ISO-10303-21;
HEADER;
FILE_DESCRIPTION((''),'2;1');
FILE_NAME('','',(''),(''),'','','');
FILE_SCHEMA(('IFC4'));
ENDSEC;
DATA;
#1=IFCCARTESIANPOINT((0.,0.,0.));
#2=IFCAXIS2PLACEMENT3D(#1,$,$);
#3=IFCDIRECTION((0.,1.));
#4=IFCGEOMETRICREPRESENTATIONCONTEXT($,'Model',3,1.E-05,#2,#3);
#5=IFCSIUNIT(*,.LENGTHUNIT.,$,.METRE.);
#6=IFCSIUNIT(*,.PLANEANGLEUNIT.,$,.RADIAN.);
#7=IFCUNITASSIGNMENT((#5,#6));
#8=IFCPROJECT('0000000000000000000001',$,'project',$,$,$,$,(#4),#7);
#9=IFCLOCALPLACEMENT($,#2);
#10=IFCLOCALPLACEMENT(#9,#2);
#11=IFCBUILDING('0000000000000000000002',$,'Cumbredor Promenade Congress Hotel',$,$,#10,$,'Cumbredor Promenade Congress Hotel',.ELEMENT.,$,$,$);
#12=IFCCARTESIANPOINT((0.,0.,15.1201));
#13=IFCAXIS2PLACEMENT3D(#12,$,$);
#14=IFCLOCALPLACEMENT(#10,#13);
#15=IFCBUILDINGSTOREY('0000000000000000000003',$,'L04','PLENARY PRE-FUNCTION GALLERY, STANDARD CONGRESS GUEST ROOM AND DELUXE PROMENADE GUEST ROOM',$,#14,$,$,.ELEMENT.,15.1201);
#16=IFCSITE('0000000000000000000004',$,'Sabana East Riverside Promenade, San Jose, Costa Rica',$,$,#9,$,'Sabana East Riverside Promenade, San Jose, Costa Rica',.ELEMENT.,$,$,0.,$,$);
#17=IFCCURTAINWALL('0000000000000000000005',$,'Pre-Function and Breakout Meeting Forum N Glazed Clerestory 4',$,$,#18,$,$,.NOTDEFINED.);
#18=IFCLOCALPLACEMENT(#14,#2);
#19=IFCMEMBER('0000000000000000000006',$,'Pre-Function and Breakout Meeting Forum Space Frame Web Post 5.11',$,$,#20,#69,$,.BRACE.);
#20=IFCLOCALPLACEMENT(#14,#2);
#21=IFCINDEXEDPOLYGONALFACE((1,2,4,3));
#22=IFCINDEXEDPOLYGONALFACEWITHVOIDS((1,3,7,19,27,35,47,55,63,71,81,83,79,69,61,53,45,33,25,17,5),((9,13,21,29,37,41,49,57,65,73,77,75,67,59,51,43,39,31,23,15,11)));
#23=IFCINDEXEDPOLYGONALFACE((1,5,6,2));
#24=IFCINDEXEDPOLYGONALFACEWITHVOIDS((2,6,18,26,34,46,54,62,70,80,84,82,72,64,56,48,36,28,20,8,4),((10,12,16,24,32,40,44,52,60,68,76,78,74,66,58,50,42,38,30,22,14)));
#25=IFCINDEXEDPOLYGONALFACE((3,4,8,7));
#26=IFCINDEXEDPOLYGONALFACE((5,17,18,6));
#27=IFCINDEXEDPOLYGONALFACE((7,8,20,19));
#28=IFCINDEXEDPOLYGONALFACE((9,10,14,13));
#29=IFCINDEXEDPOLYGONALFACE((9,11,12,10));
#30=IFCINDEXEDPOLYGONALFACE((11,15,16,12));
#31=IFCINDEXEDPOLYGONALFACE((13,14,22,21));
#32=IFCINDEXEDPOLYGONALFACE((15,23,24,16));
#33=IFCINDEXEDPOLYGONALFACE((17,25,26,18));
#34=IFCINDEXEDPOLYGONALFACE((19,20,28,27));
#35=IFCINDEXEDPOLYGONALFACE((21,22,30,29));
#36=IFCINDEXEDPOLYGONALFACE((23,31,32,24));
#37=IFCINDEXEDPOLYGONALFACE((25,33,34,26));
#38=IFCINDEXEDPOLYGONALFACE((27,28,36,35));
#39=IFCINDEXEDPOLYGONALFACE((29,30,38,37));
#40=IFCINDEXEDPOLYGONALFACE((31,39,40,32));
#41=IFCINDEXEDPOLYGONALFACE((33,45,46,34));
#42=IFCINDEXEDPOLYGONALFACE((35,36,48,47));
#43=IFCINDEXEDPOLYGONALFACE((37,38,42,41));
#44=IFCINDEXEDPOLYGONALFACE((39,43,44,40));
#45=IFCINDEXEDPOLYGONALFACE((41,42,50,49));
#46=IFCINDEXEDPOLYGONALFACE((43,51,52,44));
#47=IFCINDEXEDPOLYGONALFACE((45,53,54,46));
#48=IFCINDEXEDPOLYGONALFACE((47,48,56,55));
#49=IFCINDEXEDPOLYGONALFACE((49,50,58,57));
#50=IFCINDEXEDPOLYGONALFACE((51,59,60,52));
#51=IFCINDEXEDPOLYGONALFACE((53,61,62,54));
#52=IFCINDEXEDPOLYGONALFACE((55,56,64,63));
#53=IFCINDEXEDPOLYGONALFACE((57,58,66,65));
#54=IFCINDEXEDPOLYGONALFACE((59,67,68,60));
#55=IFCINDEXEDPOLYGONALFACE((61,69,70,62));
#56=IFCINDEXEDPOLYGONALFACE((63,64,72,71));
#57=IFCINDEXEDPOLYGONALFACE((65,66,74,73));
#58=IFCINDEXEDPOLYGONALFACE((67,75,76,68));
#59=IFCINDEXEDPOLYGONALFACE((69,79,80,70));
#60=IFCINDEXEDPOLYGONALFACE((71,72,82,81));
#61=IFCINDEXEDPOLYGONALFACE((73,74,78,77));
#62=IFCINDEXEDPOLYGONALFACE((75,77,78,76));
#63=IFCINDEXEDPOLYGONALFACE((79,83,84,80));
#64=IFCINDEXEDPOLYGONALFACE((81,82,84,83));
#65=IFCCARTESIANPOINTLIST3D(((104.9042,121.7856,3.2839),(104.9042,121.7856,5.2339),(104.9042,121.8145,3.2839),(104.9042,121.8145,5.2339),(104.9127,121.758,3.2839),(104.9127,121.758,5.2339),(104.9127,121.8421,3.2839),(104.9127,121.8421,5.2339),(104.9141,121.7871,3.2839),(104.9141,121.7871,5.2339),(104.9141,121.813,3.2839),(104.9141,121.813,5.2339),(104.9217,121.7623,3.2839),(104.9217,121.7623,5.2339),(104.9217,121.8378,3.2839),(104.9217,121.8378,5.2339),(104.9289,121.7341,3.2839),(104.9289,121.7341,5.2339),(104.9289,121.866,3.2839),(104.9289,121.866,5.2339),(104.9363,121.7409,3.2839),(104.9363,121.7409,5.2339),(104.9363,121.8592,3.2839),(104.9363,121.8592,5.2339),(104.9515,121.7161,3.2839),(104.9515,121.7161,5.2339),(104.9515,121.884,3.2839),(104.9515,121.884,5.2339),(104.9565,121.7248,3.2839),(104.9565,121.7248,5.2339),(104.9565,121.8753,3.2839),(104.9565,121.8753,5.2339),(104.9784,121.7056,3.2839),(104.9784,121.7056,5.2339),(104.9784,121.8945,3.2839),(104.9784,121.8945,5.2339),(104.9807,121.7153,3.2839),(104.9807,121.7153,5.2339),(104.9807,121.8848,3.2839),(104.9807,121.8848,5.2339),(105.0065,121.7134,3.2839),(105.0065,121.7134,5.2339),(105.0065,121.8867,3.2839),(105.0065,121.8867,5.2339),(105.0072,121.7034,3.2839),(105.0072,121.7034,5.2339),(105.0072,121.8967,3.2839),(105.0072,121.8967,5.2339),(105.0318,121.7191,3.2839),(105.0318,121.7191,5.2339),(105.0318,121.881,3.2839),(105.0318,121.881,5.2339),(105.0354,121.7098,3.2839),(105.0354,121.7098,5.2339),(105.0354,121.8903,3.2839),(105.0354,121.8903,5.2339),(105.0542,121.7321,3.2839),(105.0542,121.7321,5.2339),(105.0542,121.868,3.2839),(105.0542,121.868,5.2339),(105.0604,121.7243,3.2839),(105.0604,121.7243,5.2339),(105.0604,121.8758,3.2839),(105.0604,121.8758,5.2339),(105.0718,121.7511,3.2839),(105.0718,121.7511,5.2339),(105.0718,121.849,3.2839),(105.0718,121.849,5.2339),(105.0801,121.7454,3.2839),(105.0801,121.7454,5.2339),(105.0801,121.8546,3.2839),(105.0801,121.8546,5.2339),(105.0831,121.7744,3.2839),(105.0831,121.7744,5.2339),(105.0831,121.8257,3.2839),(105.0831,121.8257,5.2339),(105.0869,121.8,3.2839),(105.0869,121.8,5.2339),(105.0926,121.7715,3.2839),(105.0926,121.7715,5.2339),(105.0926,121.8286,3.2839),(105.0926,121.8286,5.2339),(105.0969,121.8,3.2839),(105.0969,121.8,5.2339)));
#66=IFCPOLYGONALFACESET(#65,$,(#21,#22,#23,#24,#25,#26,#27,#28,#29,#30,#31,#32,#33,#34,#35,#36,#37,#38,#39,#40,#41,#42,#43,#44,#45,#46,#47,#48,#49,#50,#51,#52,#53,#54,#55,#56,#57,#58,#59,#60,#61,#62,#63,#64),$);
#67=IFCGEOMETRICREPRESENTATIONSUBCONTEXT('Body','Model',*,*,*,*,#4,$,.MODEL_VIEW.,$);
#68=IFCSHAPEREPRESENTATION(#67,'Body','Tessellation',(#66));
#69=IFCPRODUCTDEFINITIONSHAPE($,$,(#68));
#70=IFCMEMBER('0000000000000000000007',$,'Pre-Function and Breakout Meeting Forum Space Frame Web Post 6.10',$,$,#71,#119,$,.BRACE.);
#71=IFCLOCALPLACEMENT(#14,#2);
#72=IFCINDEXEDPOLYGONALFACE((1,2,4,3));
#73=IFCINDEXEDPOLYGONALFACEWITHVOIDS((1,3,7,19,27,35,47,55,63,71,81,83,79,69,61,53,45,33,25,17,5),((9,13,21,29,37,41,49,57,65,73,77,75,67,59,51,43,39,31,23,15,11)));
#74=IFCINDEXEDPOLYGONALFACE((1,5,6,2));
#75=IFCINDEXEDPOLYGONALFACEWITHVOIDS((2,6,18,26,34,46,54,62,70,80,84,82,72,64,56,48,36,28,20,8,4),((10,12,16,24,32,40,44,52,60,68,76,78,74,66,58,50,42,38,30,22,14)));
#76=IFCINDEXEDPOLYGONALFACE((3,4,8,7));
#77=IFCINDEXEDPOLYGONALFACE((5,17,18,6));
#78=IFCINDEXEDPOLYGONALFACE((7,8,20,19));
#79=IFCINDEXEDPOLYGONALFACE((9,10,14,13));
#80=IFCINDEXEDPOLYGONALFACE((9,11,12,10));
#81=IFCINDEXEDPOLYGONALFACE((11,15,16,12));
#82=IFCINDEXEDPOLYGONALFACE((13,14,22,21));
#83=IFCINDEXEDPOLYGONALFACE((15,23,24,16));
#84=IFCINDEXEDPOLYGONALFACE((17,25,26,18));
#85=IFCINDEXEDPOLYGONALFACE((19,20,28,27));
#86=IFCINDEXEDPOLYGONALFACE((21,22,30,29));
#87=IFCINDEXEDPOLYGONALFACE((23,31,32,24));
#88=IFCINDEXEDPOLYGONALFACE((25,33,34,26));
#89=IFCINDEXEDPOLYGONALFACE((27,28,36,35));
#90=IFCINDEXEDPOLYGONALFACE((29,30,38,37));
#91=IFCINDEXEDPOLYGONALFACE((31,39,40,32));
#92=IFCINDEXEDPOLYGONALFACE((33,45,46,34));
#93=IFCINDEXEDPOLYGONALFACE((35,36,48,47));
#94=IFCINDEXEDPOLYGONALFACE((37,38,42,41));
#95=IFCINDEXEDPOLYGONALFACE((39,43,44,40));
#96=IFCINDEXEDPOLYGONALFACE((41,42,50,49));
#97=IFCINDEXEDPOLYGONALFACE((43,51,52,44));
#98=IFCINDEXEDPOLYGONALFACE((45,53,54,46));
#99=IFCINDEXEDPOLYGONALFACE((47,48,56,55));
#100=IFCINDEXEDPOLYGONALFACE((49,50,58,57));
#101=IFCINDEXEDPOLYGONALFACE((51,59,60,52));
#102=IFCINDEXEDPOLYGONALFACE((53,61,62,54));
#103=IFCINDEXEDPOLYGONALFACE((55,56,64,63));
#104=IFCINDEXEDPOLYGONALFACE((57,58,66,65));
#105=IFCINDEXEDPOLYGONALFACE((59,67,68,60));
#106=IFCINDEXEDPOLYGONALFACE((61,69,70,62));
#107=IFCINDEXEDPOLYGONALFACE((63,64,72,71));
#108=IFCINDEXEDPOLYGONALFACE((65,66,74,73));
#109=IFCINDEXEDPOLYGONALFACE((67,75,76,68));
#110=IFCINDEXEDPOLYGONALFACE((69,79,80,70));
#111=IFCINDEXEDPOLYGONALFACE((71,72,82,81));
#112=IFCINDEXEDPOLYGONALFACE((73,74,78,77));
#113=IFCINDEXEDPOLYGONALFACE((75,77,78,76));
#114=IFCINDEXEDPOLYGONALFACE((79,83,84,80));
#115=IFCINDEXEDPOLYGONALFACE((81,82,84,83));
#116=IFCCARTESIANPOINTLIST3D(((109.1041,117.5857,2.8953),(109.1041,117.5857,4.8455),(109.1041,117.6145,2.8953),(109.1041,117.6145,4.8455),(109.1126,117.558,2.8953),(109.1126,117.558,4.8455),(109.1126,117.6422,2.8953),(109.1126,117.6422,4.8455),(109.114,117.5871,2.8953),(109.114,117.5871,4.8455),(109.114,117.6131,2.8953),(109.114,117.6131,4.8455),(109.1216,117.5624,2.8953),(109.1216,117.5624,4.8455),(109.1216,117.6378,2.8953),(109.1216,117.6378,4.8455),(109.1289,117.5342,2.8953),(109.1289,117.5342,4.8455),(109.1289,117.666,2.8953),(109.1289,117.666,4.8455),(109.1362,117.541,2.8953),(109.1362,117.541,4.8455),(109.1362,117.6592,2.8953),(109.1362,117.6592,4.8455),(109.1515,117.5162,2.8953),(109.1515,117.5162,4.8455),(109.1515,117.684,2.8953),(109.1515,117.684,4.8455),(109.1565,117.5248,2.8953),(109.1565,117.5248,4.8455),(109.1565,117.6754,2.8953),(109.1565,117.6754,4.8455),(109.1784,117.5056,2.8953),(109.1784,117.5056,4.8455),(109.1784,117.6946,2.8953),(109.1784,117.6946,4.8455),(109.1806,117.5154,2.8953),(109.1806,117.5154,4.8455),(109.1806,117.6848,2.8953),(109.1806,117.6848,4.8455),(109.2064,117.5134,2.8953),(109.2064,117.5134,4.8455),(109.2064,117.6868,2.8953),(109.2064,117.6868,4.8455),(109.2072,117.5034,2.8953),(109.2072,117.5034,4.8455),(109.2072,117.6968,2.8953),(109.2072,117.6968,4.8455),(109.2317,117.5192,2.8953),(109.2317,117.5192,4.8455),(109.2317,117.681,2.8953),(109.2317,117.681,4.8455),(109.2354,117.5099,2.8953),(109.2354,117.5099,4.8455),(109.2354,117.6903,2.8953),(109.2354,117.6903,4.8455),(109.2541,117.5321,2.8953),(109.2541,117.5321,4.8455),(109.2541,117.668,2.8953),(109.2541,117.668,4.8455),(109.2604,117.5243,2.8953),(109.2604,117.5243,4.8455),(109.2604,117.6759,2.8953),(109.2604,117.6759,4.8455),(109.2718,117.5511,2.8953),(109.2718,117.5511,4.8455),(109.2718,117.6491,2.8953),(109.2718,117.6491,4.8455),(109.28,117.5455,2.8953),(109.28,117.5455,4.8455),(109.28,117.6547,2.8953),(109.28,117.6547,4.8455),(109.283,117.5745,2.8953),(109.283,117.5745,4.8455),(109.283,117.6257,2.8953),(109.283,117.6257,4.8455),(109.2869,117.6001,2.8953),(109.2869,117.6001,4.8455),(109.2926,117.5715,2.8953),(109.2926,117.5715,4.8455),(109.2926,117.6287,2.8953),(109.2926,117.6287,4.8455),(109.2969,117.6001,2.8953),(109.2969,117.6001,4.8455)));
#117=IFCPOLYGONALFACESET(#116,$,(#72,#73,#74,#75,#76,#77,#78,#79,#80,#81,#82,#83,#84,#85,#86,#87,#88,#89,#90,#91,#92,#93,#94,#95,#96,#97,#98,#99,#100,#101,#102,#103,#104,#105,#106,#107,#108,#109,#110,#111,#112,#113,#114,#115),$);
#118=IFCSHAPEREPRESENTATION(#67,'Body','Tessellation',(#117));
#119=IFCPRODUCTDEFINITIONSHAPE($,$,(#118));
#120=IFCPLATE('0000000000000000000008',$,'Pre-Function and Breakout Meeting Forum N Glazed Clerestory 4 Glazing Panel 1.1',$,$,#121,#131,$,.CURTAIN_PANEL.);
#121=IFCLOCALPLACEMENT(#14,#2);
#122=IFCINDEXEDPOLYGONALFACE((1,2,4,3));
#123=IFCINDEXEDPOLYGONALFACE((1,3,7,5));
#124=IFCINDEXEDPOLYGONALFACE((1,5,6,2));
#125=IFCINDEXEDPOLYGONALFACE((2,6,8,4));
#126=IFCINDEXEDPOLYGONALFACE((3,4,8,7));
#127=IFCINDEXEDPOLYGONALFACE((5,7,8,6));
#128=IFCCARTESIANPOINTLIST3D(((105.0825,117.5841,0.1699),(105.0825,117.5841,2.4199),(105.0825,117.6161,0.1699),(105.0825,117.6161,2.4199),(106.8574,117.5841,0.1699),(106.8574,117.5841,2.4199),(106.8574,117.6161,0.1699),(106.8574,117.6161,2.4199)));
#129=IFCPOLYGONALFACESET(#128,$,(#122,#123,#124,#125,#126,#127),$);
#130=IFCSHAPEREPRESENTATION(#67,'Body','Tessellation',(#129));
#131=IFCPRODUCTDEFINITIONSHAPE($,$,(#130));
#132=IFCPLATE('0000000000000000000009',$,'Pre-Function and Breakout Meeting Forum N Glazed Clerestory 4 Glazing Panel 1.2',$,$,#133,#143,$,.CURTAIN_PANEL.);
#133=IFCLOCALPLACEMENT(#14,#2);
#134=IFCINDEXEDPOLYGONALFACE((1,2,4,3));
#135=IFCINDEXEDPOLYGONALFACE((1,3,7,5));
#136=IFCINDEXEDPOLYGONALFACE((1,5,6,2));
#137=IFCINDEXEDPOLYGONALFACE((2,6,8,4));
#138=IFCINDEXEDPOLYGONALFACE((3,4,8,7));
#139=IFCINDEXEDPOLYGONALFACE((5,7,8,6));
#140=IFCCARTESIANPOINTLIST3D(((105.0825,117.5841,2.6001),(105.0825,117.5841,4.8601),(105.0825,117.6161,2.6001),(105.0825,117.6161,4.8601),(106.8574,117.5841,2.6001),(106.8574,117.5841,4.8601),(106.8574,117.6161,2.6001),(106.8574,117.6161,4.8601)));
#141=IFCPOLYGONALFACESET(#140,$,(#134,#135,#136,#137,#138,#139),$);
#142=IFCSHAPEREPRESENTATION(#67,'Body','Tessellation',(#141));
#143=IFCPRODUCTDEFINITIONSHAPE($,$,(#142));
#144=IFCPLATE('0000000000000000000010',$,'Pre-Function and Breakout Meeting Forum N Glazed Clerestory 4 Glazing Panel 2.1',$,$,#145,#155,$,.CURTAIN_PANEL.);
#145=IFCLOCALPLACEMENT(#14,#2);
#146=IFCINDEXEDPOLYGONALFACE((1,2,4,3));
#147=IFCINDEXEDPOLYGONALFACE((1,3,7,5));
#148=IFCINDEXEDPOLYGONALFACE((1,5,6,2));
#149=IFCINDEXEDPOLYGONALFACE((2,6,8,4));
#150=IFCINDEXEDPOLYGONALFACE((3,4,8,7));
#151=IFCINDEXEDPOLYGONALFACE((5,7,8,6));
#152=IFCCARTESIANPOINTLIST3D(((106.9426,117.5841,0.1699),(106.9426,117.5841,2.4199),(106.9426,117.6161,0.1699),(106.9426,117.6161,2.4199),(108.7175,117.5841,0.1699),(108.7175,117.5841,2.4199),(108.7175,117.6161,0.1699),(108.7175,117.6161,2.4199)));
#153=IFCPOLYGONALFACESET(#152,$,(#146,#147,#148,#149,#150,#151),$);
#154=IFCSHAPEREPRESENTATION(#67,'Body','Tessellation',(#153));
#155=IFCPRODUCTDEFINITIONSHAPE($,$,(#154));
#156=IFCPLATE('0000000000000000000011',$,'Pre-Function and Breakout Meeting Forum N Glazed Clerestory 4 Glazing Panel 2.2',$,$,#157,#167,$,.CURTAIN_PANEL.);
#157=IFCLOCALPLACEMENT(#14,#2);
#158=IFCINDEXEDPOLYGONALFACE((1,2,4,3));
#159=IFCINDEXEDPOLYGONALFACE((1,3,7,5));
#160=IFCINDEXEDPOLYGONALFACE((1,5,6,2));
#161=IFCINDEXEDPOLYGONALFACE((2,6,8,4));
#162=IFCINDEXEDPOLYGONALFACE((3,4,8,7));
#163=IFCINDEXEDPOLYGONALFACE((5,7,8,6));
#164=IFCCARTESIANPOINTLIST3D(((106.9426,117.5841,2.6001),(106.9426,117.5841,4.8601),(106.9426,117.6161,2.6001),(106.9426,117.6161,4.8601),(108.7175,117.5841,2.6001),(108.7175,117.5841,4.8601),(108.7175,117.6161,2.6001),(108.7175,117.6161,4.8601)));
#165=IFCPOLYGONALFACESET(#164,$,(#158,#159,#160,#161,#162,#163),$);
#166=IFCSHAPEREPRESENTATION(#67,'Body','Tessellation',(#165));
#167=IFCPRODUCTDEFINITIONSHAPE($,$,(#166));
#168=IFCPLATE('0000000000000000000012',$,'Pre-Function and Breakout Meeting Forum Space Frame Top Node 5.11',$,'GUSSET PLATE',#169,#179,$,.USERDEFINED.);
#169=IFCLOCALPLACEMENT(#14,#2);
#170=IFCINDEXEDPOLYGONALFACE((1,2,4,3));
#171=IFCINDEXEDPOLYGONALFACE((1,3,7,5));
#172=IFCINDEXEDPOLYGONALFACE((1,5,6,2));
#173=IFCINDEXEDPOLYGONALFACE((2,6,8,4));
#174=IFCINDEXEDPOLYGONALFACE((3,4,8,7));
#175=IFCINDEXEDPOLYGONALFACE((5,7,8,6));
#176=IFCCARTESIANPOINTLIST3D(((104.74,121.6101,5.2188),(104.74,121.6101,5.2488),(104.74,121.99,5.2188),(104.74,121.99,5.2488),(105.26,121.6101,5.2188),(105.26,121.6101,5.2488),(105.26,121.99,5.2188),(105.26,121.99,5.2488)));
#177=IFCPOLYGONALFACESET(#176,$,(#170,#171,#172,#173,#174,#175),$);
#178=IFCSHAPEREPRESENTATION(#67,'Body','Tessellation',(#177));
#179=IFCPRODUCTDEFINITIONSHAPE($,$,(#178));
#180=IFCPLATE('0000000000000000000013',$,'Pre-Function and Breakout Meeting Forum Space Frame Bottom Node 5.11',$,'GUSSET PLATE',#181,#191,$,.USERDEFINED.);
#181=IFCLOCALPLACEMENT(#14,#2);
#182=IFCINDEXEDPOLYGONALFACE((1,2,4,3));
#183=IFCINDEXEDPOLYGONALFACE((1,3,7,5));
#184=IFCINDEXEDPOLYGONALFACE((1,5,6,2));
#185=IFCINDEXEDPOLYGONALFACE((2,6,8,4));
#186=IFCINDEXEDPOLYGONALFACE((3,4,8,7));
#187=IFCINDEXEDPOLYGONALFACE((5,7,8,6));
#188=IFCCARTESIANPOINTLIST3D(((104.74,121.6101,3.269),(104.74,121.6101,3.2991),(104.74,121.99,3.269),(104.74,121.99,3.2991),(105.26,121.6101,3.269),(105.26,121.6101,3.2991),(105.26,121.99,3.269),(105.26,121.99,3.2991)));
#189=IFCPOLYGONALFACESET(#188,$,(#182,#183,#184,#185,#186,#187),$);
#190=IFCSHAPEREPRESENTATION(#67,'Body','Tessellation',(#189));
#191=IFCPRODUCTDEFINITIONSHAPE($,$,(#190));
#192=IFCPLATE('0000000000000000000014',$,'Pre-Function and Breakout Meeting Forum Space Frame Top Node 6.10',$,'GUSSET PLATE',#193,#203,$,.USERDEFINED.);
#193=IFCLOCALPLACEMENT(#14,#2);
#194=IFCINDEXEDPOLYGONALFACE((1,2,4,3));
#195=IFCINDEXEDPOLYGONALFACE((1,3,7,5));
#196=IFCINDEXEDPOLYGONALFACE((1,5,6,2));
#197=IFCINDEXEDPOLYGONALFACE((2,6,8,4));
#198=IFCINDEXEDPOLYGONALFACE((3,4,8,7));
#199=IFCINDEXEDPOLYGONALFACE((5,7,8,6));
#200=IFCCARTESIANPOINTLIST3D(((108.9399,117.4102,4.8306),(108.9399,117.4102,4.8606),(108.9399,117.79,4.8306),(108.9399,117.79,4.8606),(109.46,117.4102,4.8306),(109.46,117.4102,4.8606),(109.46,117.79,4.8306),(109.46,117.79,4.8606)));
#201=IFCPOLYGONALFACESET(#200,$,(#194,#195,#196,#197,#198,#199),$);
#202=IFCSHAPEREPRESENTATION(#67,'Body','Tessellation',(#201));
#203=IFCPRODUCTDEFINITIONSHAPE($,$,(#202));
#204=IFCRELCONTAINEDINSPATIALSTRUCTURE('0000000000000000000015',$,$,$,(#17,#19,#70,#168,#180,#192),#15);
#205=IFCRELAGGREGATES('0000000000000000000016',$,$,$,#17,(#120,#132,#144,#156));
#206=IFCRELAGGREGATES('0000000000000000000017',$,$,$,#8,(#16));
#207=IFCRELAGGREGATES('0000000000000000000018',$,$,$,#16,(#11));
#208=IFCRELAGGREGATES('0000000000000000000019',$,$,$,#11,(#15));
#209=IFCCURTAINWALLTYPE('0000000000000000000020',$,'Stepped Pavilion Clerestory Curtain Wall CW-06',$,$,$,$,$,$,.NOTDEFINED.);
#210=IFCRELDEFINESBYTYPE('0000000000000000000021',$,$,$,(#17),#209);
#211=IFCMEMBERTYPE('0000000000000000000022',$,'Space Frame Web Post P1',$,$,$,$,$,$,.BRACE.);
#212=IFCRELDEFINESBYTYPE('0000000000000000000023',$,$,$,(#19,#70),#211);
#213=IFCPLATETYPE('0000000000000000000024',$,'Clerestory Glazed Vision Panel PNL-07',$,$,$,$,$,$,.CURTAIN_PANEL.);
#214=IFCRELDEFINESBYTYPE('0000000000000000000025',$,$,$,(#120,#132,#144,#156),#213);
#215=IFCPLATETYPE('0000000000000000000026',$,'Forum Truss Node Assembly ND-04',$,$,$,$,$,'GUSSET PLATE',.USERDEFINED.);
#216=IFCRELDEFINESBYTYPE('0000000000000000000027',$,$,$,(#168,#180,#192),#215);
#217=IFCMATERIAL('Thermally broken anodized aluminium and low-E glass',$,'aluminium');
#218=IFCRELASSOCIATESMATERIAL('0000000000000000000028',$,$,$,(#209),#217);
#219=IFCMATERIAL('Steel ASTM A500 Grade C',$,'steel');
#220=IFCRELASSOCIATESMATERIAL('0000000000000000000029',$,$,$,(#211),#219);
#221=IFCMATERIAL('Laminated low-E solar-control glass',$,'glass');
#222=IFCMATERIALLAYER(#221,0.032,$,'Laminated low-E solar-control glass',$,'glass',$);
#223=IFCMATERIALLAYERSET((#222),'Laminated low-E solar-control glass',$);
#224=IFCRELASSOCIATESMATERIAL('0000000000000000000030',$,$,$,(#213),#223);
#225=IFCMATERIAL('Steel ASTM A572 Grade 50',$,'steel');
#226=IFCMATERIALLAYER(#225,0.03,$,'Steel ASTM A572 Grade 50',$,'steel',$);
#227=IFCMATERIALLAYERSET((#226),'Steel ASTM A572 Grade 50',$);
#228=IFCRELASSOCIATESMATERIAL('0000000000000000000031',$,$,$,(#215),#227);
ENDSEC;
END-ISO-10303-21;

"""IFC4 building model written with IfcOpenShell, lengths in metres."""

from ifc_helpers import new_model, si_unit, direction, frame, origin, origin_2d, place, context, subcontext, project, spatial, rectangle, hollow_circle, extrude, material, layer, layer_set, material_profile, profile_set, type_object, element, aggregate, save


model = new_model("IFC4")

# Units and contexts
model_context = context("Model", 3, precision=1e-05, world=origin(), true_north=direction((0.0, 1.0)))
body_context = subcontext(model_context, "Body", "Model", "MODEL_VIEW")
ifc_project = project(units=[si_unit("LENGTHUNIT", "METRE"), si_unit("PLANEANGLEUNIT", "RADIAN")], contexts=[model_context])

# Site, building, storey
site_placement = place(None, origin())
site = spatial("IfcSite", under=ifc_project, at=site_placement, Name="Sabana East Riverside Promenade, San Jose, Costa Rica", LongName="Sabana East Riverside Promenade, San Jose, Costa Rica", CompositionType="ELEMENT", RefElevation=0.0)
building_placement = place(site_placement, origin())
building = spatial("IfcBuilding", under=site, at=building_placement, Name="Cumbredor Promenade Congress Hotel", LongName="Cumbredor Promenade Congress Hotel", CompositionType="ELEMENT")
storey_placement = place(building_placement, frame((0.0, 0.0, 15.1201)))
storey = spatial("IfcBuildingStorey", under=building, at=storey_placement, Name="L04", Description="PLENARY PRE-FUNCTION GALLERY, STANDARD CONGRESS GUEST ROOM AND DELUXE PROMENADE GUEST ROOM", CompositionType="ELEMENT", Elevation=15.1201)

# Curtain wall
ifc_material_1 = material(Name="Thermally broken anodized aluminium and low-E glass", Category="aluminium")
curtain_wall_type = type_object("IfcCurtainWallType", Name="Stepped Pavilion Clerestory Curtain Wall CW-06", PredefinedType="NOTDEFINED", material=ifc_material_1)
curtain_wall_placement = place(storey_placement, origin())
curtain_wall = element("IfcCurtainWall", 1, at=curtain_wall_placement, inside=storey, type_object=curtain_wall_type, Name="Pre-Function and Breakout Meeting Forum N Glazed Clerestory 4", PredefinedType="NOTDEFINED")

# Members
ifc_material_2 = material(Name="Steel ASTM A500 Grade C", Category="steel")
ifc_material_profile_1 = material_profile(ifc_material_2, hollow_circle(Radius=0.0969, WallThickness=0.01, at=origin_2d()), Name="CHS 193.7x10")
ifc_profile_set_1 = profile_set([ifc_material_profile_1], Name="Steel ASTM A500 Grade C")
member_type_1 = type_object("IfcMemberType", Name="Space Frame Web Post P1", PredefinedType="BRACE", material=ifc_profile_set_1)
member_1_placement = place(storey_placement, frame((105.0, 121.8, 3.2839), z_axis=(0.0, 0.0, 1.0), x_axis=(1.0, 0.0, 0.0)))
element("IfcMember", 2, at=member_1_placement, inside=storey, type_object=member_type_1, Name="Pre-Function and Breakout Meeting Forum Space Frame Web Post 5.11", PredefinedType="BRACE", context=body_context, shape_type="SweptSolid", body=[
    extrude(hollow_circle(Radius=0.0969, WallThickness=0.01, at=origin_2d()), origin(), (0.0, 0.0, 1.0), 1.95),
])
member_2_placement = place(storey_placement, frame((109.2, 117.6001, 2.8953), z_axis=(0.0, 0.0, 1.0), x_axis=(1.0, 0.0, 0.0)))
element("IfcMember", 3, at=member_2_placement, inside=storey, type_object=member_type_1, Name="Pre-Function and Breakout Meeting Forum Space Frame Web Post 6.10", PredefinedType="BRACE", context=body_context, shape_type="SweptSolid", body=[
    extrude(hollow_circle(Radius=0.0969, WallThickness=0.01, at=origin_2d()), origin(), (0.0, 0.0, 1.0), 1.9502),
])

# Plates
ifc_material_3 = material(Name="Laminated low-E solar-control glass", Category="glass")
ifc_layer_1 = layer(ifc_material_3, 0.032, Name="Laminated low-E solar-control glass", Category="glass")
ifc_layer_set_1 = layer_set([ifc_layer_1], Name="Laminated low-E solar-control glass")
plate_type_1 = type_object("IfcPlateType", Name="Clerestory Glazed Vision Panel PNL-07", PredefinedType="CURTAIN_PANEL", material=ifc_layer_set_1)
plate_1_placement = place(storey_placement, frame((105.97, 117.6001, 0.1699), z_axis=(0.0, 0.0, 1.0), x_axis=(1.0, 0.0, 0.0)))
plate_1 = element("IfcPlate", 4, at=plate_1_placement, type_object=plate_type_1, Name="Pre-Function and Breakout Meeting Forum N Glazed Clerestory 4 Glazing Panel 1.1", PredefinedType="CURTAIN_PANEL", context=body_context, shape_type="SweptSolid", body=[
    extrude(rectangle(XDim=1.7749, YDim=0.032, at=origin_2d()), origin(), (0.0, 0.0, 1.0), 2.25),
])
plate_2_placement = place(storey_placement, frame((105.97, 117.6001, 2.6001), z_axis=(0.0, 0.0, 1.0), x_axis=(1.0, 0.0, 0.0)))
plate_2 = element("IfcPlate", 5, at=plate_2_placement, type_object=plate_type_1, Name="Pre-Function and Breakout Meeting Forum N Glazed Clerestory 4 Glazing Panel 1.2", PredefinedType="CURTAIN_PANEL", context=body_context, shape_type="SweptSolid", body=[
    extrude(rectangle(XDim=1.7749, YDim=0.032, at=origin_2d()), origin(), (0.0, 0.0, 1.0), 2.26),
])
plate_3_placement = place(storey_placement, frame((107.8301, 117.6001, 0.1699), z_axis=(0.0, 0.0, 1.0), x_axis=(1.0, 0.0, 0.0)))
plate_3 = element("IfcPlate", 6, at=plate_3_placement, type_object=plate_type_1, Name="Pre-Function and Breakout Meeting Forum N Glazed Clerestory 4 Glazing Panel 2.1", PredefinedType="CURTAIN_PANEL", context=body_context, shape_type="SweptSolid", body=[
    extrude(rectangle(XDim=1.7749, YDim=0.032, at=origin_2d()), origin(), (0.0, 0.0, 1.0), 2.25),
])
plate_4_placement = place(storey_placement, frame((107.8301, 117.6001, 2.6001), z_axis=(0.0, 0.0, 1.0), x_axis=(1.0, 0.0, 0.0)))
plate_4 = element("IfcPlate", 7, at=plate_4_placement, type_object=plate_type_1, Name="Pre-Function and Breakout Meeting Forum N Glazed Clerestory 4 Glazing Panel 2.2", PredefinedType="CURTAIN_PANEL", context=body_context, shape_type="SweptSolid", body=[
    extrude(rectangle(XDim=1.7749, YDim=0.032, at=origin_2d()), origin(), (0.0, 0.0, 1.0), 2.26),
])
aggregate(curtain_wall, [plate_1, plate_2, plate_3, plate_4])

# Plates
ifc_material_4 = material(Name="Steel ASTM A572 Grade 50", Category="steel")
ifc_layer_2 = layer(ifc_material_4, 0.03, Name="Steel ASTM A572 Grade 50", Category="steel")
ifc_layer_set_2 = layer_set([ifc_layer_2], Name="Steel ASTM A572 Grade 50")
plate_type_2 = type_object("IfcPlateType", Name="Forum Truss Node Assembly ND-04", ElementType="GUSSET PLATE", PredefinedType="USERDEFINED", material=ifc_layer_set_2)
for number, where, z_axis, x_axis, name in (
    (8, (105.0, 121.8, 5.2188), (0.0, 0.0, 1.0), (1.0, 0.0, 0.0), "Pre-Function and Breakout Meeting Forum Space Frame Top Node 5.11"),
    (9, (105.0, 121.8, 3.269), (0.0, 0.0, 1.0), (1.0, 0.0, 0.0), "Pre-Function and Breakout Meeting Forum Space Frame Bottom Node 5.11"),
    (10, (109.2, 117.6001, 4.8306), (0.0, 0.0, 1.0), (1.0, 0.0, 0.0), "Pre-Function and Breakout Meeting Forum Space Frame Top Node 6.10"),
):
    element("IfcPlate", number, at=place(storey_placement, frame(where, z_axis=z_axis, x_axis=x_axis)), inside=storey, type_object=plate_type_2, Name=name, ObjectType="GUSSET PLATE", PredefinedType="USERDEFINED", context=body_context, shape_type="SweptSolid", body=[
        extrude(rectangle(XDim=0.52, YDim=0.3799, at=origin_2d()), origin(), (0.0, 0.0, 1.0), 0.03),
    ])

save(model, "model.ifc")
